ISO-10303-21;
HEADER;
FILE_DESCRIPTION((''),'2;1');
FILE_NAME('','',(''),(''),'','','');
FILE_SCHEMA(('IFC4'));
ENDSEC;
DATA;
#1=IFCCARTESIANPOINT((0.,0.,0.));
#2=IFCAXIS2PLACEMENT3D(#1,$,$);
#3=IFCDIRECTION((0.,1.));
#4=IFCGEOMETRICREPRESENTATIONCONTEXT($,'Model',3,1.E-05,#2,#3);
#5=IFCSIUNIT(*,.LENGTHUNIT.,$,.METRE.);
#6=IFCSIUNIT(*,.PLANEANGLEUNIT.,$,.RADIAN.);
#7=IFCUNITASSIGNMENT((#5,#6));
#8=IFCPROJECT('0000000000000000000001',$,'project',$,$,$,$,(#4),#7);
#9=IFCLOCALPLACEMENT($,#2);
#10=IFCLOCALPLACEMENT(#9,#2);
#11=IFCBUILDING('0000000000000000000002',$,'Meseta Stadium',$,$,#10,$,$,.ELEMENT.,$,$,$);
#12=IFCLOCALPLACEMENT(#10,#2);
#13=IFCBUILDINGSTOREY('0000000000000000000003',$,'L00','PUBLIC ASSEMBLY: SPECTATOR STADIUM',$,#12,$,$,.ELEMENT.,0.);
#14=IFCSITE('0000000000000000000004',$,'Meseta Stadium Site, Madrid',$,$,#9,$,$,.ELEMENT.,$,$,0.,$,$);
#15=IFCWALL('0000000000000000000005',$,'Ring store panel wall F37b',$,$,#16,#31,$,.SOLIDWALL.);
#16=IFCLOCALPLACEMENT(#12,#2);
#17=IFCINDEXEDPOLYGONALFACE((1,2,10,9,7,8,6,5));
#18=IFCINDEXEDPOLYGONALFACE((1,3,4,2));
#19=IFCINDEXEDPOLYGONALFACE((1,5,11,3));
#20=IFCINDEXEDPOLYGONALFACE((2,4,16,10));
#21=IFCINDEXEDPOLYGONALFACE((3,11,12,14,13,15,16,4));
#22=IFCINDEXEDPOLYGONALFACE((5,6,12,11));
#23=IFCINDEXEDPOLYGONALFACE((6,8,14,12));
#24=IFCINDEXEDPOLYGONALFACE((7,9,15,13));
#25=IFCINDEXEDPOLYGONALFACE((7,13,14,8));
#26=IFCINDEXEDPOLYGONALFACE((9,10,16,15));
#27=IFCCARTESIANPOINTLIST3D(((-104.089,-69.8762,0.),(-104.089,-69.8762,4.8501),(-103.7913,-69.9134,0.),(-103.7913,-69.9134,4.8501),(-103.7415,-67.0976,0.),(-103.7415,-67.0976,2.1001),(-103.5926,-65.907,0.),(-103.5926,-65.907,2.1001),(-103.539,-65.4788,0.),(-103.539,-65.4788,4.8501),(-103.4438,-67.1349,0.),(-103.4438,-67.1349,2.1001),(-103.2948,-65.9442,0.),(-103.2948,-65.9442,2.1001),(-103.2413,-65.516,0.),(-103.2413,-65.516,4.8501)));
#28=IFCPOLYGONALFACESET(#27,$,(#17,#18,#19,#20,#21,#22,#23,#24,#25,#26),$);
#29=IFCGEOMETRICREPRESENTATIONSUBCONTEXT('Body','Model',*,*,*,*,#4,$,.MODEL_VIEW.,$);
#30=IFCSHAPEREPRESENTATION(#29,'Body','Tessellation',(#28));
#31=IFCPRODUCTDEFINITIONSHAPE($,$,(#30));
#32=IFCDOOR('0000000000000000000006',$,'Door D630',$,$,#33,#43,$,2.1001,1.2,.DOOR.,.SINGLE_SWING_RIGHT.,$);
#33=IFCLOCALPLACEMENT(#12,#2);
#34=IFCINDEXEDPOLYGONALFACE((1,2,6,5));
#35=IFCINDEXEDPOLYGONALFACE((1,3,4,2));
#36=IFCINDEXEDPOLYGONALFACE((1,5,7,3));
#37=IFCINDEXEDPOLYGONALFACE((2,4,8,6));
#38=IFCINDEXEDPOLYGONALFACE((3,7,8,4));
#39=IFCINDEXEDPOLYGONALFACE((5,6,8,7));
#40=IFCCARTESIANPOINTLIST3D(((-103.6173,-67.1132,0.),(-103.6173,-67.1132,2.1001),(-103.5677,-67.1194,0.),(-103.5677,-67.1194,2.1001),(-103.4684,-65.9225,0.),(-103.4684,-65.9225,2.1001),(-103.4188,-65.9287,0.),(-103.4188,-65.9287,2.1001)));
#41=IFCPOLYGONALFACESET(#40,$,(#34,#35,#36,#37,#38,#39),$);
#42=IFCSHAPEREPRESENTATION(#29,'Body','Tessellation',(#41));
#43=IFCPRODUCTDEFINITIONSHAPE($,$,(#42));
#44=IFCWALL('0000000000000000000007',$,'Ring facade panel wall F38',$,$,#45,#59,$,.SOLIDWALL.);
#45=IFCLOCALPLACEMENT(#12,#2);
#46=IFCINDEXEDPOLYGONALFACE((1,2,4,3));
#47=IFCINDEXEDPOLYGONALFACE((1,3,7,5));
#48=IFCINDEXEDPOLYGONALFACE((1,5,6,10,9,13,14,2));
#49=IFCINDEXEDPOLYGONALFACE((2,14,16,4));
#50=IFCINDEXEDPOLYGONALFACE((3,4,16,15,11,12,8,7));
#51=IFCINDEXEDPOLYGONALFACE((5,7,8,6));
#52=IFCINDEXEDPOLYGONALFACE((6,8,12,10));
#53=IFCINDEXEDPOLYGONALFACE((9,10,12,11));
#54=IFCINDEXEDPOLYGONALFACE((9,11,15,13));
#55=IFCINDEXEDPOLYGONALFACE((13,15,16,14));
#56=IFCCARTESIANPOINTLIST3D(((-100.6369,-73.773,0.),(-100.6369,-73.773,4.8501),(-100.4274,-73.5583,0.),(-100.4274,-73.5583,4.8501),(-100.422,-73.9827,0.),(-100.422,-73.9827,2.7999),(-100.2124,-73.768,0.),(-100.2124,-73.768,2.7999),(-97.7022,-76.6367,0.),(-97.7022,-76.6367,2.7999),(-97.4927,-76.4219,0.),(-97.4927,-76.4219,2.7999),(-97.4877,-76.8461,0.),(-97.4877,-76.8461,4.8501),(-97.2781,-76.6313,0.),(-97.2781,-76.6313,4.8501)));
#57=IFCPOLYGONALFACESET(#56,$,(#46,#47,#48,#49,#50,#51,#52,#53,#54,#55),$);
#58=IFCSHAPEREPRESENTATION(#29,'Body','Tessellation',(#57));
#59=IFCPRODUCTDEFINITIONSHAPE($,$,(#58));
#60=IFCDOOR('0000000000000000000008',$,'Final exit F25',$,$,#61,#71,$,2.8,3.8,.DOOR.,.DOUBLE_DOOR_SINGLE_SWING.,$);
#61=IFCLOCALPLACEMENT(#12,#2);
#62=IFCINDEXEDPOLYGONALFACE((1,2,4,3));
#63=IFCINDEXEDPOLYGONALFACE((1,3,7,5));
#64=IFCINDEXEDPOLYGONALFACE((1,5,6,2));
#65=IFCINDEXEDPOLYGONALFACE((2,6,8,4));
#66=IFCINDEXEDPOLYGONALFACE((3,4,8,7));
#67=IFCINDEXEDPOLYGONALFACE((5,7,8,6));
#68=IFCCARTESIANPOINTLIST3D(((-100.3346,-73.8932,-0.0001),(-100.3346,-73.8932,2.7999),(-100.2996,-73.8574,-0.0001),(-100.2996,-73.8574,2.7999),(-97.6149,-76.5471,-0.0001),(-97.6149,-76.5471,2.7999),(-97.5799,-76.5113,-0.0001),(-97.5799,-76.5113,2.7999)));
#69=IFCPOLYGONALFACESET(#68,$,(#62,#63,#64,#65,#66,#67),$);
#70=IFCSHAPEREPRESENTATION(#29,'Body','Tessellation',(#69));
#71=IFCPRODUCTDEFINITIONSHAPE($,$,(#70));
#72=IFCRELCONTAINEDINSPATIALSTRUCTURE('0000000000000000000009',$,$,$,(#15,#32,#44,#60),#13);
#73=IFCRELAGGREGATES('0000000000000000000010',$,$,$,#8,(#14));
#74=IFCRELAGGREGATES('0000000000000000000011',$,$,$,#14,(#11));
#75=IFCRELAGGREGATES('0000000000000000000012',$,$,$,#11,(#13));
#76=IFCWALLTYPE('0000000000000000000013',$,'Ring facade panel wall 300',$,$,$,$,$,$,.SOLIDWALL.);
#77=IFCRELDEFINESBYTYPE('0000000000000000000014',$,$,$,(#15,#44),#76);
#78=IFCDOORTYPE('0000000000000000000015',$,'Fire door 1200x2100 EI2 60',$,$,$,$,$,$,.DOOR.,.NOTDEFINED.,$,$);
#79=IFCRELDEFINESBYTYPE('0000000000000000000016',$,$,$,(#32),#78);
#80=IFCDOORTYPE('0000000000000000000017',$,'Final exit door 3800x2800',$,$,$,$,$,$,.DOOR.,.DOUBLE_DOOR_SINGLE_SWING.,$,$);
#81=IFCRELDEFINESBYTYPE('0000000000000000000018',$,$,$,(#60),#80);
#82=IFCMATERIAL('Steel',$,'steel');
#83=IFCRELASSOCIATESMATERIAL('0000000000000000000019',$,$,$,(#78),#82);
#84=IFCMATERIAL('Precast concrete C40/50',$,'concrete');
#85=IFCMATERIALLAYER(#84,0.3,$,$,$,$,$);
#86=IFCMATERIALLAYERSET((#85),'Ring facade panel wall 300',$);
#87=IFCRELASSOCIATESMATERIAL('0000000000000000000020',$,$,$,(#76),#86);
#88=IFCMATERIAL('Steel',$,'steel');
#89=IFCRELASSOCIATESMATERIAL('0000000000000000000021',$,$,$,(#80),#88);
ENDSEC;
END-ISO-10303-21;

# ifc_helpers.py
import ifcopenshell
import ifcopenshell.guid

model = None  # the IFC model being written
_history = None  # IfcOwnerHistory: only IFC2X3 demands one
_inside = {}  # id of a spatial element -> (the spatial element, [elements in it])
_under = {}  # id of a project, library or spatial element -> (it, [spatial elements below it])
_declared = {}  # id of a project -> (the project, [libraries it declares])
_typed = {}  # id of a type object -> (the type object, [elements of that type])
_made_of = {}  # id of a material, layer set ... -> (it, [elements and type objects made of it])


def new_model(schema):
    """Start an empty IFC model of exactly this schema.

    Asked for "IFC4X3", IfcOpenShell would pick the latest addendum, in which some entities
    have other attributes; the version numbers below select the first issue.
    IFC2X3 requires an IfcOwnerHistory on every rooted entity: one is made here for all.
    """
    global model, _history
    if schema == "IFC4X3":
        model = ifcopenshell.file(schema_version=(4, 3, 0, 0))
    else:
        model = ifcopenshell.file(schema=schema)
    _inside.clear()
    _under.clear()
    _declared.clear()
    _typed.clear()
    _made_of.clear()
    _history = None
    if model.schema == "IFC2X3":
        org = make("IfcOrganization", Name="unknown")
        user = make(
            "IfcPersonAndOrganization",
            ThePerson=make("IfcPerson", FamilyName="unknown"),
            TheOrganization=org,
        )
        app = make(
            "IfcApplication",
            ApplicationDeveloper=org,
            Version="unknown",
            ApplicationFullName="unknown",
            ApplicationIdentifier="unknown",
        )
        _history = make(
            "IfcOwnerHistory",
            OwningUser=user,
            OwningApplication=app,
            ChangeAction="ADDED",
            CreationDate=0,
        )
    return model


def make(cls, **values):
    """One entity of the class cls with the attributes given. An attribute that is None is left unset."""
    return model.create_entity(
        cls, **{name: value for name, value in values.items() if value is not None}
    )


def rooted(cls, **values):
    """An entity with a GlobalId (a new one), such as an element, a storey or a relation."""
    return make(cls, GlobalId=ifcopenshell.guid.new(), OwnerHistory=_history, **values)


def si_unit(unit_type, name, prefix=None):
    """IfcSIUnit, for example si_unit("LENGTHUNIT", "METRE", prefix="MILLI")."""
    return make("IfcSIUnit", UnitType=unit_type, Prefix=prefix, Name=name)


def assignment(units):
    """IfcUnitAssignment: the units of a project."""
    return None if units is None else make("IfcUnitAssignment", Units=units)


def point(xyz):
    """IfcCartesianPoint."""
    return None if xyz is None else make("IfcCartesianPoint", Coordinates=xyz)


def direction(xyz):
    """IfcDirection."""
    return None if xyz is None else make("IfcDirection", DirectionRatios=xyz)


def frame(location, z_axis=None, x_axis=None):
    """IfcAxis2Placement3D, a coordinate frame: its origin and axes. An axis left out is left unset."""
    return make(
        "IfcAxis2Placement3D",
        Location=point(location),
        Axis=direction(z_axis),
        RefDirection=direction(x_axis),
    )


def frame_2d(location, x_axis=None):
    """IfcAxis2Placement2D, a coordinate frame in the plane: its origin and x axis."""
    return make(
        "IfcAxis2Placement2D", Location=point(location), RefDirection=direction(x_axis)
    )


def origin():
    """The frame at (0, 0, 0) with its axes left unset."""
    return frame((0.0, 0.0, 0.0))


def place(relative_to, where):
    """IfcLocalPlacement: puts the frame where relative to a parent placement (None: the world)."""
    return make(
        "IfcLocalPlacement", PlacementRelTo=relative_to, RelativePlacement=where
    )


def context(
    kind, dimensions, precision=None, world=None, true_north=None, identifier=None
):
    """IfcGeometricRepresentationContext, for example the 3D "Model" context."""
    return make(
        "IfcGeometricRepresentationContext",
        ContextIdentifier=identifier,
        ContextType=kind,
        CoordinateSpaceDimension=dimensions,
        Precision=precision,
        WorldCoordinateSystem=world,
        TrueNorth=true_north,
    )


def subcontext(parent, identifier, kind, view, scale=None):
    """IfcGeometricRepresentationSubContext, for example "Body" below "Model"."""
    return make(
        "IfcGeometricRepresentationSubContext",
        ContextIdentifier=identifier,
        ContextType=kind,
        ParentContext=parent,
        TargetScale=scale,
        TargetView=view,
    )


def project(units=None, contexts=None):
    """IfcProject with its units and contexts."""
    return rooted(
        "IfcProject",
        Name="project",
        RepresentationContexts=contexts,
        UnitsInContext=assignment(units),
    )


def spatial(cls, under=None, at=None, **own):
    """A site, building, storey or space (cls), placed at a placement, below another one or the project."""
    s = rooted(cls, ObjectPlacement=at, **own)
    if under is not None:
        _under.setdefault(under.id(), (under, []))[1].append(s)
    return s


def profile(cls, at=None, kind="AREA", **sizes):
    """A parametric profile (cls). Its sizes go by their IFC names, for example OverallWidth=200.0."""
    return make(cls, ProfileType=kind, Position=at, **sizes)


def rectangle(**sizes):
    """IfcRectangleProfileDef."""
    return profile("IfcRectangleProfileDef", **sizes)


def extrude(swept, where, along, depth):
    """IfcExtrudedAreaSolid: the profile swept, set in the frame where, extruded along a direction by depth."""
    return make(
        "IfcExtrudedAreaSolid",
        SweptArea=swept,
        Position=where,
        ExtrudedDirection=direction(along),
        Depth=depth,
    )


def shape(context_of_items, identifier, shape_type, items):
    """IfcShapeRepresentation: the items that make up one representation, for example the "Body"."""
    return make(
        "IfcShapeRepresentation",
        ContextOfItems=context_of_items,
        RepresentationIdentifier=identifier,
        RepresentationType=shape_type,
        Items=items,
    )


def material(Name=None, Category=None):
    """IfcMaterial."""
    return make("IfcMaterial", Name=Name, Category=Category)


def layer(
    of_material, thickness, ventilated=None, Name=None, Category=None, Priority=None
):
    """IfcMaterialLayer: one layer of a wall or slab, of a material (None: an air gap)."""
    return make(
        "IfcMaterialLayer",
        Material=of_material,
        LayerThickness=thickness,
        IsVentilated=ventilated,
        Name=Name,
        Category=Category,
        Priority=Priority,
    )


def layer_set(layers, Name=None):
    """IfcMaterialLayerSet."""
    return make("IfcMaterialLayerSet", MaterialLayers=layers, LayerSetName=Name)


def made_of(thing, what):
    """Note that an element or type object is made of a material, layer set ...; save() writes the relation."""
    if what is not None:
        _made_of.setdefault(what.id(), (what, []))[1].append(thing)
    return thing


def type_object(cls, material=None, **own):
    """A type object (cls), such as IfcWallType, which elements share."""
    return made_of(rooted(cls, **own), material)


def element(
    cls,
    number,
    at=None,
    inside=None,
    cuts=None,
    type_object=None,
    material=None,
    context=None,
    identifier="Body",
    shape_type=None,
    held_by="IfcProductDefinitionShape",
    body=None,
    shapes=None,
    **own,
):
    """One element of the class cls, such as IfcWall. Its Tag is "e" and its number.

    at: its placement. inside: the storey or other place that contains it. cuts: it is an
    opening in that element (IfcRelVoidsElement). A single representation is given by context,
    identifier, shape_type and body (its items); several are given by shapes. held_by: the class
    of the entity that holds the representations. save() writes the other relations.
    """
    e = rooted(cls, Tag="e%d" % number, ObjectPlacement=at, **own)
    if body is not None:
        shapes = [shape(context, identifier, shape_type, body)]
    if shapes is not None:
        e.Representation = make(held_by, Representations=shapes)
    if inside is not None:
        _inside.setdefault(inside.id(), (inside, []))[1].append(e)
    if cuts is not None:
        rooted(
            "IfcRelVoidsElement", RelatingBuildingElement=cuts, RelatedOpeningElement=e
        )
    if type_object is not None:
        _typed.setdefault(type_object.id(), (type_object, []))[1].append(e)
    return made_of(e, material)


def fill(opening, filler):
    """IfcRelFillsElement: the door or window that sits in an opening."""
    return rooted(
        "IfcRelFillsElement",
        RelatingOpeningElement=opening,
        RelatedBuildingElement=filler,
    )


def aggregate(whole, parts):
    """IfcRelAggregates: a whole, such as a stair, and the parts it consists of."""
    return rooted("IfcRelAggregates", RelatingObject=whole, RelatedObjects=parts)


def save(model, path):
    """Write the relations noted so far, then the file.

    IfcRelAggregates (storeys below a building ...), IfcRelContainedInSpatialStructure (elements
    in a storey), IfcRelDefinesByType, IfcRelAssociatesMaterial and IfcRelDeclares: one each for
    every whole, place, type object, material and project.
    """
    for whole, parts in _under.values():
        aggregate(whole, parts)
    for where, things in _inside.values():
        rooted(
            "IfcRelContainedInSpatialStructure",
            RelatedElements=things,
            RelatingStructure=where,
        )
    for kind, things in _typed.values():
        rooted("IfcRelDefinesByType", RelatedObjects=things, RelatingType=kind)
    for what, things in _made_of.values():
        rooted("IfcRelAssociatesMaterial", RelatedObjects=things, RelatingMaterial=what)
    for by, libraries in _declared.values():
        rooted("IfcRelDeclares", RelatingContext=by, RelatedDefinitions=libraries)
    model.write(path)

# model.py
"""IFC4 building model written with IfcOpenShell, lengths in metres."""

from ifc_helpers import new_model, si_unit, direction, frame, frame_2d, origin, place, context, subcontext, project, spatial, rectangle, extrude, material, layer, layer_set, type_object, element, fill, save


model = new_model("IFC4")

# Units and contexts
model_context = context("Model", 3, precision=1e-05, world=origin(), true_north=direction((0.0, 1.0)))
body_context = subcontext(model_context, "Body", "Model", "MODEL_VIEW")
ifc_project = project(units=[si_unit("LENGTHUNIT", "METRE"), si_unit("PLANEANGLEUNIT", "RADIAN")], contexts=[model_context])

# Site, building, storey
site_placement = place(None, origin())
site = spatial("IfcSite", under=ifc_project, at=site_placement, Name="Meseta Stadium Site, Madrid", CompositionType="ELEMENT", RefElevation=0.0)
building_placement = place(site_placement, origin())
building = spatial("IfcBuilding", under=site, at=building_placement, Name="Meseta Stadium", CompositionType="ELEMENT")
storey_placement = place(building_placement, origin())
storey = spatial("IfcBuildingStorey", under=building, at=storey_placement, Name="L00", Description="PUBLIC ASSEMBLY: SPECTATOR STADIUM", CompositionType="ELEMENT", Elevation=0.0)

# Shared definitions
ifc_material_1 = material(Name="Steel", Category="steel")
door_type_1 = type_object("IfcDoorType", Name="Fire door 1200x2100 EI2 60", OperationType="NOTDEFINED", PredefinedType="DOOR", material=ifc_material_1)

# Walls, openings, doors
ifc_material_2 = material(Name="Precast concrete C40/50", Category="concrete")
ifc_layer_1 = layer(ifc_material_2, 0.3)
ifc_layer_set_1 = layer_set([ifc_layer_1], Name="Ring facade panel wall 300")
wall_type_1 = type_object("IfcWallType", Name="Ring facade panel wall 300", PredefinedType="SOLIDWALL", material=ifc_layer_set_1)
ifc_material_3 = material(Name="Steel", Category="steel")
door_type_2 = type_object("IfcDoorType", Name="Final exit door 3800x2800", OperationType="DOUBLE_DOOR_SINGLE_SWING", PredefinedType="DOOR", material=ifc_material_3)
wall_1_placement = place(storey_placement, frame((-103.9402, -69.8948, 0.0), z_axis=(0.0, 0.0, 1.0), x_axis=(0.124116, 0.992268, 0.0)))
wall_1 = element("IfcWall", 1, at=wall_1_placement, inside=storey, type_object=wall_type_1, Name="Ring store panel wall F37b", PredefinedType="SOLIDWALL", context=body_context, shape_type="SweptSolid", body=[
    extrude(rectangle(XDim=4.4316, YDim=0.3, at=frame_2d((2.2158, 0.0))), origin(), (0.0, 0.0, 1.0), 4.8501),
])
opening_1_placement = place(wall_1_placement, frame((2.8, 0.0, 0.0)))
opening_1 = element("IfcOpeningElement", 2, at=opening_1_placement, cuts=wall_1, PredefinedType="OPENING", context=body_context, shape_type="SweptSolid", body=[
    extrude(rectangle(XDim=1.2, YDim=2.1001, at=frame_2d((0.6001, 1.05))), frame((0.0, 0.1599, 0.0), z_axis=(0.0, -1.0, 0.0), x_axis=(1.0, 0.0, 0.0)), (0.0, 0.0, 1.0), 0.3201),
])
door_1_placement = place(opening_1_placement, origin())
door_1 = element("IfcDoor", 3, at=door_1_placement, inside=storey, type_object=door_type_1, Name="Door D630", OperationType="SINGLE_SWING_RIGHT", OverallHeight=2.1001, OverallWidth=1.2, PredefinedType="DOOR", context=body_context, shape_type="SweptSolid", body=[
    extrude(rectangle(XDim=1.2, YDim=2.1001, at=frame_2d((0.6001, 1.05))), frame((0.0, 0.0249, 0.0), z_axis=(0.0, -1.0, 0.0), x_axis=(1.0, 0.0, 0.0)), (0.0, 0.0, 1.0), 0.05),
])
fill(opening_1, door_1)
wall_2_placement = place(storey_placement, frame((-97.3828, -76.7388, 0.0), z_axis=(0.0, 0.0, 1.0), x_axis=(-0.71571, 0.698398, 0.0)))
wall_2 = element("IfcWall", 4, at=wall_2_placement, inside=storey, type_object=wall_type_1, Name="Ring facade panel wall F38", PredefinedType="SOLIDWALL", context=body_context, shape_type="SweptSolid", body=[
    extrude(rectangle(XDim=4.4001, YDim=0.3, at=frame_2d((2.2002, 0.0))), origin(), (0.0, 0.0, 1.0), 4.8501),
])
opening_2_placement = place(wall_2_placement, frame((0.3, 0.0, 0.0)))
opening_2 = element("IfcOpeningElement", 5, at=opening_2_placement, cuts=wall_2, PredefinedType="OPENING", context=body_context, shape_type="SweptSolid", body=[
    extrude(rectangle(XDim=3.8, YDim=2.8, at=frame_2d((1.8999, 1.3999))), frame((0.0, 0.1599, 0.0), z_axis=(0.0, -1.0, 0.0), x_axis=(1.0, 0.0, 0.0)), (0.0, 0.0, 1.0), 0.3201),
])
door_2_placement = place(opening_2_placement, origin())
door_2 = element("IfcDoor", 6, at=door_2_placement, inside=storey, type_object=door_type_2, Name="Final exit F25", OperationType="DOUBLE_DOOR_SINGLE_SWING", OverallHeight=2.8, OverallWidth=3.8, PredefinedType="DOOR", context=body_context, shape_type="SweptSolid", body=[
    extrude(rectangle(XDim=3.8, YDim=2.8, at=frame_2d((1.8999, 1.3999))), frame((0.0, 0.0249, 0.0), z_axis=(0.0, -1.0, 0.0), x_axis=(1.0, 0.0, 0.0)), (0.0, 0.0, 1.0), 0.05),
])
fill(opening_2, door_2)

save(model, "model.ifc")
